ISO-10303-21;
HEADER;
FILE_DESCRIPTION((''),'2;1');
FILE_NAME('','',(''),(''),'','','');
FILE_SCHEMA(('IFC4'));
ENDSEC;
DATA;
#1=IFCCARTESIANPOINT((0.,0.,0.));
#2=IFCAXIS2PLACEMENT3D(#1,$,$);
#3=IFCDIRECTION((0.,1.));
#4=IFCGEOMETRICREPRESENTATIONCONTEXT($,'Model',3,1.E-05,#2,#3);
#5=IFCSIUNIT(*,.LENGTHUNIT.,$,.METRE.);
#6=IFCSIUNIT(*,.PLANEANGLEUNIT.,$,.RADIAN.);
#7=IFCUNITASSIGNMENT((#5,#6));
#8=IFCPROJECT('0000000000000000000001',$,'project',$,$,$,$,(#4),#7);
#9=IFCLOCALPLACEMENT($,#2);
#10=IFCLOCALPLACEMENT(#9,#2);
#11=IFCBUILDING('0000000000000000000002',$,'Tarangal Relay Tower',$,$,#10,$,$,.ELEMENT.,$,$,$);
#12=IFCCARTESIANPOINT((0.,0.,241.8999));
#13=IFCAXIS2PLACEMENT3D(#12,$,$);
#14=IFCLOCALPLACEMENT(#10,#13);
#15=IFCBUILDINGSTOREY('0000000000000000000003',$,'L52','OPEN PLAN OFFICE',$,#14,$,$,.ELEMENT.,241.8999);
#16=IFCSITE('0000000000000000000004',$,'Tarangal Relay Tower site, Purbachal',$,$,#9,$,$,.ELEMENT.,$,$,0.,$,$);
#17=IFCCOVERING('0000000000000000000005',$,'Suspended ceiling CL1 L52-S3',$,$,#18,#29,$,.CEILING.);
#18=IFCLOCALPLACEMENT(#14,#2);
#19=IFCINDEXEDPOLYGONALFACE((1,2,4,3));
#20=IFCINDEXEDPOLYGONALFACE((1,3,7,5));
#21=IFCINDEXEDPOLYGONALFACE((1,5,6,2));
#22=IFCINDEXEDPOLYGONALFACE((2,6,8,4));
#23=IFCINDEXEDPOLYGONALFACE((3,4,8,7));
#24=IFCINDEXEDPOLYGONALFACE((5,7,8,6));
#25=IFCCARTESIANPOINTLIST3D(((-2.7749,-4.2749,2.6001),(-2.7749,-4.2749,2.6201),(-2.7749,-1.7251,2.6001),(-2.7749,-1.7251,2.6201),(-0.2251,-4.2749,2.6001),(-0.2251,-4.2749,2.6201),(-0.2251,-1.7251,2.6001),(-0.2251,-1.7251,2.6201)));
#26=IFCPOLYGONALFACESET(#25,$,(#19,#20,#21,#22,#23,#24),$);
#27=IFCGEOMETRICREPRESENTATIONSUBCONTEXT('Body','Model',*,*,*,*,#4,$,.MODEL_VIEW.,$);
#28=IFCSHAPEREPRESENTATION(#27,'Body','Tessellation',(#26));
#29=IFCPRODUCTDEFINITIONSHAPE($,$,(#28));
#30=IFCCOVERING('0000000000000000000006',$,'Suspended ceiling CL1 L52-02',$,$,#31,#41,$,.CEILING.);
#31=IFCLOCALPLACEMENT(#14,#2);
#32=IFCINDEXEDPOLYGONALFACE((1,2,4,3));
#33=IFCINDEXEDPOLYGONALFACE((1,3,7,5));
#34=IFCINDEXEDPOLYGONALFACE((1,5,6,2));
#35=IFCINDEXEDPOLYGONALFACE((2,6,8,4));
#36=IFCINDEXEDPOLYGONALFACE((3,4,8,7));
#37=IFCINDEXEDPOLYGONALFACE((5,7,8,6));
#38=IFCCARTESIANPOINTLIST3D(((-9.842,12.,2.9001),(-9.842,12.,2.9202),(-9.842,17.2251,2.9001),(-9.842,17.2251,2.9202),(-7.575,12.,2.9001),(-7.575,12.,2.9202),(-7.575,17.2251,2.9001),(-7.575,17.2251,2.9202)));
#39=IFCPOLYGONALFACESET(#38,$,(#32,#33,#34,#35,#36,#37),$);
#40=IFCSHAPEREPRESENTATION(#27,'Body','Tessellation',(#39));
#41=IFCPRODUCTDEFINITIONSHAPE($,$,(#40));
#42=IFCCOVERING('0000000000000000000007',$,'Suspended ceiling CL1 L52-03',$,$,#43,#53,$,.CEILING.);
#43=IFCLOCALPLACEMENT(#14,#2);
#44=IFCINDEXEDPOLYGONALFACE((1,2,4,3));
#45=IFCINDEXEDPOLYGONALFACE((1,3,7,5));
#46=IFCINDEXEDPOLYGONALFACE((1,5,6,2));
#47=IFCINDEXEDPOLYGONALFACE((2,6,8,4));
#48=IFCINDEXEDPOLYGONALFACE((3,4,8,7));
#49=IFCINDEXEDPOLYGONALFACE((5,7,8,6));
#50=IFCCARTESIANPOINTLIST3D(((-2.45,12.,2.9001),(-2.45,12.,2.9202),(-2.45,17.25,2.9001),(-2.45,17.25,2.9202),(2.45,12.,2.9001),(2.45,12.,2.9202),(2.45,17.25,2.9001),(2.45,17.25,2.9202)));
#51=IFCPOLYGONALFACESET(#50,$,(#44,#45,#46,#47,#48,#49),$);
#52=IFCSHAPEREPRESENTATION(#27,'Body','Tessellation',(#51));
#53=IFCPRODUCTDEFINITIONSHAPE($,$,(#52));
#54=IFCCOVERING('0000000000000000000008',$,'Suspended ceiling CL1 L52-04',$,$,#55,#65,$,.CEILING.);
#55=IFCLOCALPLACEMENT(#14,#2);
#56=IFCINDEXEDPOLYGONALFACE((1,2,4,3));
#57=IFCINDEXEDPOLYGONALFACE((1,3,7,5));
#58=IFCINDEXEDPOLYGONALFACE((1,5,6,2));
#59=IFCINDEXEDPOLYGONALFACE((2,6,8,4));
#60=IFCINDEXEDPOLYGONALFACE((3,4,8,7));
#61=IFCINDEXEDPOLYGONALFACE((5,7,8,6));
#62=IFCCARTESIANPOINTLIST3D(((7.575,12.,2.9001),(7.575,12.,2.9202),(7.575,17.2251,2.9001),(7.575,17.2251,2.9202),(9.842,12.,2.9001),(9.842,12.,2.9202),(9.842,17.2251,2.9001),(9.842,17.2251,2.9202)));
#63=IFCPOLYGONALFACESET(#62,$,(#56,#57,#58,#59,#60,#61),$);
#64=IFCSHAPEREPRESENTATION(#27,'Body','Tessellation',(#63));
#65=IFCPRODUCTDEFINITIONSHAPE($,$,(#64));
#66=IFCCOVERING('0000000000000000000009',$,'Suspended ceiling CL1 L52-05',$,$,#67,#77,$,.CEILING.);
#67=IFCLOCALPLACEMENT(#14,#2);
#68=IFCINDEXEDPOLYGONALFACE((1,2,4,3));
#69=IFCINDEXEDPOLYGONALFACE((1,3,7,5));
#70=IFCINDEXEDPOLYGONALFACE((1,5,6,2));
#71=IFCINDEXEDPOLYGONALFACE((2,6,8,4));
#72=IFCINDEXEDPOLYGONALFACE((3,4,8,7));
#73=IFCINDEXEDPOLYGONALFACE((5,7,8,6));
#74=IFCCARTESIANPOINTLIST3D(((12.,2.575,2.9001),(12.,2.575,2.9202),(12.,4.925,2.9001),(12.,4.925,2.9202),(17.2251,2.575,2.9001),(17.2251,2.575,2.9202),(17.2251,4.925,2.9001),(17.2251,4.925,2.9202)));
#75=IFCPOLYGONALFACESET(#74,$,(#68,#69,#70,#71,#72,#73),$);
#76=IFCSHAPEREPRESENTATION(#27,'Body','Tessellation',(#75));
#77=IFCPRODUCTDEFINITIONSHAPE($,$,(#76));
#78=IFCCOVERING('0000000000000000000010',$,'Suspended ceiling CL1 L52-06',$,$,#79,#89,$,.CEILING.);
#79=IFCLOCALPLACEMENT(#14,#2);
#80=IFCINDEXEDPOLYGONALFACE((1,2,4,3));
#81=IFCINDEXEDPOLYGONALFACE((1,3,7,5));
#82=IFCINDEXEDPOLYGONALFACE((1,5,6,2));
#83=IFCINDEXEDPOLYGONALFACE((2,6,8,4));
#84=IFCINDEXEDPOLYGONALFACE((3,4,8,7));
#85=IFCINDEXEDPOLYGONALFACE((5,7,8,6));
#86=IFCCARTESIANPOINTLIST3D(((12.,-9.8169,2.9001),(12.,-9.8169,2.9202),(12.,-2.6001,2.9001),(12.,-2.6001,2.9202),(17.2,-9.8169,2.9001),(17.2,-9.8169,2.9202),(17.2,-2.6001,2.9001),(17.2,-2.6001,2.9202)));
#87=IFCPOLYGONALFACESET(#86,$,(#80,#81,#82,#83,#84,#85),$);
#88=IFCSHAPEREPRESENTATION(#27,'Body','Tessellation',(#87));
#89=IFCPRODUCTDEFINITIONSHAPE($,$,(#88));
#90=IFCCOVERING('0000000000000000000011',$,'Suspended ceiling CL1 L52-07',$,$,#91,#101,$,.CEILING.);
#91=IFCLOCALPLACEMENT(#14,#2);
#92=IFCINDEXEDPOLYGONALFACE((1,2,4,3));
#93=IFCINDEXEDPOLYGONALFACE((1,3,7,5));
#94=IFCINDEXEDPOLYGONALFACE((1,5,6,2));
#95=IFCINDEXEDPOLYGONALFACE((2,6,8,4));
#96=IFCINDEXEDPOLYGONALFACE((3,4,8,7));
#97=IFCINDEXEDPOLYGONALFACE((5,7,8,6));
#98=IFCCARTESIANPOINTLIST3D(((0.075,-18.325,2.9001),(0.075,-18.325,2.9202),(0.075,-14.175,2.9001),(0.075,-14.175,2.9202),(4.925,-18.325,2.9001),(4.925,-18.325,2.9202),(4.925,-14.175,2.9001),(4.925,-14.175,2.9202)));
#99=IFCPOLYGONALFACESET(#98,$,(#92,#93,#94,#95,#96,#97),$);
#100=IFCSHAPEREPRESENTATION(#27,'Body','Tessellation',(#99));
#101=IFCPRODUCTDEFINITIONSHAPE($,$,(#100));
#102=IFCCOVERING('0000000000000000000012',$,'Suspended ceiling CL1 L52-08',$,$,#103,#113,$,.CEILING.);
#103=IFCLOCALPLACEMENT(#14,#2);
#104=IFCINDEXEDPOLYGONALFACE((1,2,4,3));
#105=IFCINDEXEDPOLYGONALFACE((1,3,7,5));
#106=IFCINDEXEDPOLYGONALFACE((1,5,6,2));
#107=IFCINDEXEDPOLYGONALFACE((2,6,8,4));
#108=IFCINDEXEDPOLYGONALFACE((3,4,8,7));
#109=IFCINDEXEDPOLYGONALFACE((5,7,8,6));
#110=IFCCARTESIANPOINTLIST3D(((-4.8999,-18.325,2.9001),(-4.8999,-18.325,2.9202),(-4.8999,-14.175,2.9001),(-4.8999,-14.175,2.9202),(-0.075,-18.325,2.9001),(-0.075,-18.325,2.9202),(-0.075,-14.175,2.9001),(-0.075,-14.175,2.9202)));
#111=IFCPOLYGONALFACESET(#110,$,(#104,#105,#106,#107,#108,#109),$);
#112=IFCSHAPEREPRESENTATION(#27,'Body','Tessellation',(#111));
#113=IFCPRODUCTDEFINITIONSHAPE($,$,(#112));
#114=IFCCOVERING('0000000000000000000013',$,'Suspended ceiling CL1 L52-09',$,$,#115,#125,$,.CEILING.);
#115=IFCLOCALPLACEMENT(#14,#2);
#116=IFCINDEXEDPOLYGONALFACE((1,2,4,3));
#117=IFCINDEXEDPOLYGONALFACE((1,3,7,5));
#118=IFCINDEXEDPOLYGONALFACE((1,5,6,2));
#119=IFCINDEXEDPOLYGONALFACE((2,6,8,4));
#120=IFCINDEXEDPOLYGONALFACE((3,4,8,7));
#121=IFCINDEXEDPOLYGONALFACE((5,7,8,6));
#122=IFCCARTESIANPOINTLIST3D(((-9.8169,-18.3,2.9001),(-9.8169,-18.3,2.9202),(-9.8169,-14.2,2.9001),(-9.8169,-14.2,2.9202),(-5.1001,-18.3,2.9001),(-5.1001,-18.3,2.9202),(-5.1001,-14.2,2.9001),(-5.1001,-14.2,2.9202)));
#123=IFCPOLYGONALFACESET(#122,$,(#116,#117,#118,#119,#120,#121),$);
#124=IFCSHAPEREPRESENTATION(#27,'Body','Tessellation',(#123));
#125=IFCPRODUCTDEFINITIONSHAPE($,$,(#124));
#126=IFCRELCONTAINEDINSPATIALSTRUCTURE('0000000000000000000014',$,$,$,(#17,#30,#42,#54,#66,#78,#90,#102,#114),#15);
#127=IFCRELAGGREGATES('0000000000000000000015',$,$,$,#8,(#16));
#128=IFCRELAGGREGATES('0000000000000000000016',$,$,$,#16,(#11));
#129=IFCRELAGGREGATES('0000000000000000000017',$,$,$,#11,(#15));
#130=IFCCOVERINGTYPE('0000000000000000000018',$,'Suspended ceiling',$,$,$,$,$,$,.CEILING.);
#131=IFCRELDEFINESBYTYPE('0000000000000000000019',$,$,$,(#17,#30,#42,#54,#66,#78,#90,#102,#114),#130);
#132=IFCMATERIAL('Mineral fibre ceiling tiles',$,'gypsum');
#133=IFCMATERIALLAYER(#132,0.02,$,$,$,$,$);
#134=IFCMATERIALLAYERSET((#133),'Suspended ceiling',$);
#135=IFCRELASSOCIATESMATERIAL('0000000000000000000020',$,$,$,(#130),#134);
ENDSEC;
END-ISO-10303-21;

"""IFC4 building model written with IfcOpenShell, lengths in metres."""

from ifc_helpers import new_model, si_unit, direction, frame, origin, place, context, subcontext, project, spatial, polyline, outline, extrude, material, layer, layer_set, type_object, element, save


model = new_model("IFC4")

# Units and contexts
model_context = context("Model", 3, precision=1e-05, world=origin(), true_north=direction((0.0, 1.0)))
body_context = subcontext(model_context, "Body", "Model", "MODEL_VIEW")
ifc_project = project(units=[si_unit("LENGTHUNIT", "METRE"), si_unit("PLANEANGLEUNIT", "RADIAN")], contexts=[model_context])

# Site, building, storey
site_placement = place(None, origin())
site = spatial("IfcSite", under=ifc_project, at=site_placement, Name="Tarangal Relay Tower site, Purbachal", CompositionType="ELEMENT", RefElevation=0.0)
building_placement = place(site_placement, origin())
building = spatial("IfcBuilding", under=site, at=building_placement, Name="Tarangal Relay Tower", CompositionType="ELEMENT")
storey_placement = place(building_placement, frame((0.0, 0.0, 241.8999)))
storey = spatial("IfcBuildingStorey", under=building, at=storey_placement, Name="L52", Description="OPEN PLAN OFFICE", CompositionType="ELEMENT", Elevation=241.8999)

# Coverings
ifc_material_1 = material(Name="Mineral fibre ceiling tiles", Category="gypsum")
ifc_layer_1 = layer(ifc_material_1, 0.02)
ifc_layer_set_1 = layer_set([ifc_layer_1], Name="Suspended ceiling")
covering_type_1 = type_object("IfcCoveringType", Name="Suspended ceiling", PredefinedType="CEILING", material=ifc_layer_set_1)
covering_1_placement = place(storey_placement, frame((0.0, 0.0, 2.6001)))
element("IfcCovering", 1, at=covering_1_placement, inside=storey, type_object=covering_type_1, Name="Suspended ceiling CL1 L52-S3", PredefinedType="CEILING", context=body_context, shape_type="SweptSolid", body=[
    extrude(outline(polyline([(-2.7749, -4.2749), (-0.2251, -4.2749), (-0.2251, -1.7251), (-2.7749, -1.7251), (-2.7749, -4.2749)])), origin(), (0.0, 0.0, 1.0), 0.02),
])
covering_2_placement = place(storey_placement, frame((0.0, 0.0, 2.9001)))
element("IfcCovering", 2, at=covering_2_placement, inside=storey, type_object=covering_type_1, Name="Suspended ceiling CL1 L52-02", PredefinedType="CEILING", context=body_context, shape_type="SweptSolid", body=[
    extrude(outline(polyline([(-7.575, 12.0), (-7.575, 17.2251), (-9.842, 17.2251), (-9.842, 12.0), (-7.575, 12.0)])), origin(), (0.0, 0.0, 1.0), 0.02),
])
covering_3_placement = place(storey_placement, frame((0.0, 0.0, 2.9001)))
element("IfcCovering", 3, at=covering_3_placement, inside=storey, type_object=covering_type_1, Name="Suspended ceiling CL1 L52-03", PredefinedType="CEILING", context=body_context, shape_type="SweptSolid", body=[
    extrude(outline(polyline([(2.45, 12.0), (2.45, 17.25), (-2.45, 17.25), (-2.45, 12.0), (2.45, 12.0)])), origin(), (0.0, 0.0, 1.0), 0.02),
])
covering_4_placement = place(storey_placement, frame((0.0, 0.0, 2.9001)))
element("IfcCovering", 4, at=covering_4_placement, inside=storey, type_object=covering_type_1, Name="Suspended ceiling CL1 L52-04", PredefinedType="CEILING", context=body_context, shape_type="SweptSolid", body=[
    extrude(outline(polyline([(9.842, 12.0), (9.842, 17.2251), (7.575, 17.2251), (7.575, 12.0), (9.842, 12.0)])), origin(), (0.0, 0.0, 1.0), 0.02),
])
covering_5_placement = place(storey_placement, frame((0.0, 0.0, 2.9001)))
element("IfcCovering", 5, at=covering_5_placement, inside=storey, type_object=covering_type_1, Name="Suspended ceiling CL1 L52-05", PredefinedType="CEILING", context=body_context, shape_type="SweptSolid", body=[
    extrude(outline(polyline([(12.0, 2.575), (17.2251, 2.575), (17.2251, 4.925), (12.0, 4.925), (12.0, 2.575)])), origin(), (0.0, 0.0, 1.0), 0.02),
])
covering_6_placement = place(storey_placement, frame((0.0, 0.0, 2.9001)))
element("IfcCovering", 6, at=covering_6_placement, inside=storey, type_object=covering_type_1, Name="Suspended ceiling CL1 L52-06", PredefinedType="CEILING", context=body_context, shape_type="SweptSolid", body=[
    extrude(outline(polyline([(12.0, -9.8169), (17.2, -9.8169), (17.2, -2.6001), (12.0, -2.6001), (12.0, -9.8169)])), origin(), (0.0, 0.0, 1.0), 0.02),
])
covering_7_placement = place(storey_placement, frame((0.0, 0.0, 2.9001)))
element("IfcCovering", 7, at=covering_7_placement, inside=storey, type_object=covering_type_1, Name="Suspended ceiling CL1 L52-07", PredefinedType="CEILING", context=body_context, shape_type="SweptSolid", body=[
    extrude(outline(polyline([(4.925, -14.175), (0.075, -14.175), (0.075, -18.325), (4.925, -18.325), (4.925, -14.175)])), origin(), (0.0, 0.0, 1.0), 0.02),
])
covering_8_placement = place(storey_placement, frame((0.0, 0.0, 2.9001)))
element("IfcCovering", 8, at=covering_8_placement, inside=storey, type_object=covering_type_1, Name="Suspended ceiling CL1 L52-08", PredefinedType="CEILING", context=body_context, shape_type="SweptSolid", body=[
    extrude(outline(polyline([(-4.8999, -18.325), (-0.075, -18.325), (-0.075, -14.175), (-4.8999, -14.175), (-4.8999, -18.325)])), origin(), (0.0, 0.0, 1.0), 0.02),
])
covering_9_placement = place(storey_placement, frame((0.0, 0.0, 2.9001)))
element("IfcCovering", 9, at=covering_9_placement, inside=storey, type_object=covering_type_1, Name="Suspended ceiling CL1 L52-09", PredefinedType="CEILING", context=body_context, shape_type="SweptSolid", body=[
    extrude(outline(polyline([(-5.1001, -14.2), (-9.8169, -14.2), (-9.8169, -18.3), (-5.1001, -18.3), (-5.1001, -14.2)])), origin(), (0.0, 0.0, 1.0), 0.02),
])

save(model, "model.ifc")
